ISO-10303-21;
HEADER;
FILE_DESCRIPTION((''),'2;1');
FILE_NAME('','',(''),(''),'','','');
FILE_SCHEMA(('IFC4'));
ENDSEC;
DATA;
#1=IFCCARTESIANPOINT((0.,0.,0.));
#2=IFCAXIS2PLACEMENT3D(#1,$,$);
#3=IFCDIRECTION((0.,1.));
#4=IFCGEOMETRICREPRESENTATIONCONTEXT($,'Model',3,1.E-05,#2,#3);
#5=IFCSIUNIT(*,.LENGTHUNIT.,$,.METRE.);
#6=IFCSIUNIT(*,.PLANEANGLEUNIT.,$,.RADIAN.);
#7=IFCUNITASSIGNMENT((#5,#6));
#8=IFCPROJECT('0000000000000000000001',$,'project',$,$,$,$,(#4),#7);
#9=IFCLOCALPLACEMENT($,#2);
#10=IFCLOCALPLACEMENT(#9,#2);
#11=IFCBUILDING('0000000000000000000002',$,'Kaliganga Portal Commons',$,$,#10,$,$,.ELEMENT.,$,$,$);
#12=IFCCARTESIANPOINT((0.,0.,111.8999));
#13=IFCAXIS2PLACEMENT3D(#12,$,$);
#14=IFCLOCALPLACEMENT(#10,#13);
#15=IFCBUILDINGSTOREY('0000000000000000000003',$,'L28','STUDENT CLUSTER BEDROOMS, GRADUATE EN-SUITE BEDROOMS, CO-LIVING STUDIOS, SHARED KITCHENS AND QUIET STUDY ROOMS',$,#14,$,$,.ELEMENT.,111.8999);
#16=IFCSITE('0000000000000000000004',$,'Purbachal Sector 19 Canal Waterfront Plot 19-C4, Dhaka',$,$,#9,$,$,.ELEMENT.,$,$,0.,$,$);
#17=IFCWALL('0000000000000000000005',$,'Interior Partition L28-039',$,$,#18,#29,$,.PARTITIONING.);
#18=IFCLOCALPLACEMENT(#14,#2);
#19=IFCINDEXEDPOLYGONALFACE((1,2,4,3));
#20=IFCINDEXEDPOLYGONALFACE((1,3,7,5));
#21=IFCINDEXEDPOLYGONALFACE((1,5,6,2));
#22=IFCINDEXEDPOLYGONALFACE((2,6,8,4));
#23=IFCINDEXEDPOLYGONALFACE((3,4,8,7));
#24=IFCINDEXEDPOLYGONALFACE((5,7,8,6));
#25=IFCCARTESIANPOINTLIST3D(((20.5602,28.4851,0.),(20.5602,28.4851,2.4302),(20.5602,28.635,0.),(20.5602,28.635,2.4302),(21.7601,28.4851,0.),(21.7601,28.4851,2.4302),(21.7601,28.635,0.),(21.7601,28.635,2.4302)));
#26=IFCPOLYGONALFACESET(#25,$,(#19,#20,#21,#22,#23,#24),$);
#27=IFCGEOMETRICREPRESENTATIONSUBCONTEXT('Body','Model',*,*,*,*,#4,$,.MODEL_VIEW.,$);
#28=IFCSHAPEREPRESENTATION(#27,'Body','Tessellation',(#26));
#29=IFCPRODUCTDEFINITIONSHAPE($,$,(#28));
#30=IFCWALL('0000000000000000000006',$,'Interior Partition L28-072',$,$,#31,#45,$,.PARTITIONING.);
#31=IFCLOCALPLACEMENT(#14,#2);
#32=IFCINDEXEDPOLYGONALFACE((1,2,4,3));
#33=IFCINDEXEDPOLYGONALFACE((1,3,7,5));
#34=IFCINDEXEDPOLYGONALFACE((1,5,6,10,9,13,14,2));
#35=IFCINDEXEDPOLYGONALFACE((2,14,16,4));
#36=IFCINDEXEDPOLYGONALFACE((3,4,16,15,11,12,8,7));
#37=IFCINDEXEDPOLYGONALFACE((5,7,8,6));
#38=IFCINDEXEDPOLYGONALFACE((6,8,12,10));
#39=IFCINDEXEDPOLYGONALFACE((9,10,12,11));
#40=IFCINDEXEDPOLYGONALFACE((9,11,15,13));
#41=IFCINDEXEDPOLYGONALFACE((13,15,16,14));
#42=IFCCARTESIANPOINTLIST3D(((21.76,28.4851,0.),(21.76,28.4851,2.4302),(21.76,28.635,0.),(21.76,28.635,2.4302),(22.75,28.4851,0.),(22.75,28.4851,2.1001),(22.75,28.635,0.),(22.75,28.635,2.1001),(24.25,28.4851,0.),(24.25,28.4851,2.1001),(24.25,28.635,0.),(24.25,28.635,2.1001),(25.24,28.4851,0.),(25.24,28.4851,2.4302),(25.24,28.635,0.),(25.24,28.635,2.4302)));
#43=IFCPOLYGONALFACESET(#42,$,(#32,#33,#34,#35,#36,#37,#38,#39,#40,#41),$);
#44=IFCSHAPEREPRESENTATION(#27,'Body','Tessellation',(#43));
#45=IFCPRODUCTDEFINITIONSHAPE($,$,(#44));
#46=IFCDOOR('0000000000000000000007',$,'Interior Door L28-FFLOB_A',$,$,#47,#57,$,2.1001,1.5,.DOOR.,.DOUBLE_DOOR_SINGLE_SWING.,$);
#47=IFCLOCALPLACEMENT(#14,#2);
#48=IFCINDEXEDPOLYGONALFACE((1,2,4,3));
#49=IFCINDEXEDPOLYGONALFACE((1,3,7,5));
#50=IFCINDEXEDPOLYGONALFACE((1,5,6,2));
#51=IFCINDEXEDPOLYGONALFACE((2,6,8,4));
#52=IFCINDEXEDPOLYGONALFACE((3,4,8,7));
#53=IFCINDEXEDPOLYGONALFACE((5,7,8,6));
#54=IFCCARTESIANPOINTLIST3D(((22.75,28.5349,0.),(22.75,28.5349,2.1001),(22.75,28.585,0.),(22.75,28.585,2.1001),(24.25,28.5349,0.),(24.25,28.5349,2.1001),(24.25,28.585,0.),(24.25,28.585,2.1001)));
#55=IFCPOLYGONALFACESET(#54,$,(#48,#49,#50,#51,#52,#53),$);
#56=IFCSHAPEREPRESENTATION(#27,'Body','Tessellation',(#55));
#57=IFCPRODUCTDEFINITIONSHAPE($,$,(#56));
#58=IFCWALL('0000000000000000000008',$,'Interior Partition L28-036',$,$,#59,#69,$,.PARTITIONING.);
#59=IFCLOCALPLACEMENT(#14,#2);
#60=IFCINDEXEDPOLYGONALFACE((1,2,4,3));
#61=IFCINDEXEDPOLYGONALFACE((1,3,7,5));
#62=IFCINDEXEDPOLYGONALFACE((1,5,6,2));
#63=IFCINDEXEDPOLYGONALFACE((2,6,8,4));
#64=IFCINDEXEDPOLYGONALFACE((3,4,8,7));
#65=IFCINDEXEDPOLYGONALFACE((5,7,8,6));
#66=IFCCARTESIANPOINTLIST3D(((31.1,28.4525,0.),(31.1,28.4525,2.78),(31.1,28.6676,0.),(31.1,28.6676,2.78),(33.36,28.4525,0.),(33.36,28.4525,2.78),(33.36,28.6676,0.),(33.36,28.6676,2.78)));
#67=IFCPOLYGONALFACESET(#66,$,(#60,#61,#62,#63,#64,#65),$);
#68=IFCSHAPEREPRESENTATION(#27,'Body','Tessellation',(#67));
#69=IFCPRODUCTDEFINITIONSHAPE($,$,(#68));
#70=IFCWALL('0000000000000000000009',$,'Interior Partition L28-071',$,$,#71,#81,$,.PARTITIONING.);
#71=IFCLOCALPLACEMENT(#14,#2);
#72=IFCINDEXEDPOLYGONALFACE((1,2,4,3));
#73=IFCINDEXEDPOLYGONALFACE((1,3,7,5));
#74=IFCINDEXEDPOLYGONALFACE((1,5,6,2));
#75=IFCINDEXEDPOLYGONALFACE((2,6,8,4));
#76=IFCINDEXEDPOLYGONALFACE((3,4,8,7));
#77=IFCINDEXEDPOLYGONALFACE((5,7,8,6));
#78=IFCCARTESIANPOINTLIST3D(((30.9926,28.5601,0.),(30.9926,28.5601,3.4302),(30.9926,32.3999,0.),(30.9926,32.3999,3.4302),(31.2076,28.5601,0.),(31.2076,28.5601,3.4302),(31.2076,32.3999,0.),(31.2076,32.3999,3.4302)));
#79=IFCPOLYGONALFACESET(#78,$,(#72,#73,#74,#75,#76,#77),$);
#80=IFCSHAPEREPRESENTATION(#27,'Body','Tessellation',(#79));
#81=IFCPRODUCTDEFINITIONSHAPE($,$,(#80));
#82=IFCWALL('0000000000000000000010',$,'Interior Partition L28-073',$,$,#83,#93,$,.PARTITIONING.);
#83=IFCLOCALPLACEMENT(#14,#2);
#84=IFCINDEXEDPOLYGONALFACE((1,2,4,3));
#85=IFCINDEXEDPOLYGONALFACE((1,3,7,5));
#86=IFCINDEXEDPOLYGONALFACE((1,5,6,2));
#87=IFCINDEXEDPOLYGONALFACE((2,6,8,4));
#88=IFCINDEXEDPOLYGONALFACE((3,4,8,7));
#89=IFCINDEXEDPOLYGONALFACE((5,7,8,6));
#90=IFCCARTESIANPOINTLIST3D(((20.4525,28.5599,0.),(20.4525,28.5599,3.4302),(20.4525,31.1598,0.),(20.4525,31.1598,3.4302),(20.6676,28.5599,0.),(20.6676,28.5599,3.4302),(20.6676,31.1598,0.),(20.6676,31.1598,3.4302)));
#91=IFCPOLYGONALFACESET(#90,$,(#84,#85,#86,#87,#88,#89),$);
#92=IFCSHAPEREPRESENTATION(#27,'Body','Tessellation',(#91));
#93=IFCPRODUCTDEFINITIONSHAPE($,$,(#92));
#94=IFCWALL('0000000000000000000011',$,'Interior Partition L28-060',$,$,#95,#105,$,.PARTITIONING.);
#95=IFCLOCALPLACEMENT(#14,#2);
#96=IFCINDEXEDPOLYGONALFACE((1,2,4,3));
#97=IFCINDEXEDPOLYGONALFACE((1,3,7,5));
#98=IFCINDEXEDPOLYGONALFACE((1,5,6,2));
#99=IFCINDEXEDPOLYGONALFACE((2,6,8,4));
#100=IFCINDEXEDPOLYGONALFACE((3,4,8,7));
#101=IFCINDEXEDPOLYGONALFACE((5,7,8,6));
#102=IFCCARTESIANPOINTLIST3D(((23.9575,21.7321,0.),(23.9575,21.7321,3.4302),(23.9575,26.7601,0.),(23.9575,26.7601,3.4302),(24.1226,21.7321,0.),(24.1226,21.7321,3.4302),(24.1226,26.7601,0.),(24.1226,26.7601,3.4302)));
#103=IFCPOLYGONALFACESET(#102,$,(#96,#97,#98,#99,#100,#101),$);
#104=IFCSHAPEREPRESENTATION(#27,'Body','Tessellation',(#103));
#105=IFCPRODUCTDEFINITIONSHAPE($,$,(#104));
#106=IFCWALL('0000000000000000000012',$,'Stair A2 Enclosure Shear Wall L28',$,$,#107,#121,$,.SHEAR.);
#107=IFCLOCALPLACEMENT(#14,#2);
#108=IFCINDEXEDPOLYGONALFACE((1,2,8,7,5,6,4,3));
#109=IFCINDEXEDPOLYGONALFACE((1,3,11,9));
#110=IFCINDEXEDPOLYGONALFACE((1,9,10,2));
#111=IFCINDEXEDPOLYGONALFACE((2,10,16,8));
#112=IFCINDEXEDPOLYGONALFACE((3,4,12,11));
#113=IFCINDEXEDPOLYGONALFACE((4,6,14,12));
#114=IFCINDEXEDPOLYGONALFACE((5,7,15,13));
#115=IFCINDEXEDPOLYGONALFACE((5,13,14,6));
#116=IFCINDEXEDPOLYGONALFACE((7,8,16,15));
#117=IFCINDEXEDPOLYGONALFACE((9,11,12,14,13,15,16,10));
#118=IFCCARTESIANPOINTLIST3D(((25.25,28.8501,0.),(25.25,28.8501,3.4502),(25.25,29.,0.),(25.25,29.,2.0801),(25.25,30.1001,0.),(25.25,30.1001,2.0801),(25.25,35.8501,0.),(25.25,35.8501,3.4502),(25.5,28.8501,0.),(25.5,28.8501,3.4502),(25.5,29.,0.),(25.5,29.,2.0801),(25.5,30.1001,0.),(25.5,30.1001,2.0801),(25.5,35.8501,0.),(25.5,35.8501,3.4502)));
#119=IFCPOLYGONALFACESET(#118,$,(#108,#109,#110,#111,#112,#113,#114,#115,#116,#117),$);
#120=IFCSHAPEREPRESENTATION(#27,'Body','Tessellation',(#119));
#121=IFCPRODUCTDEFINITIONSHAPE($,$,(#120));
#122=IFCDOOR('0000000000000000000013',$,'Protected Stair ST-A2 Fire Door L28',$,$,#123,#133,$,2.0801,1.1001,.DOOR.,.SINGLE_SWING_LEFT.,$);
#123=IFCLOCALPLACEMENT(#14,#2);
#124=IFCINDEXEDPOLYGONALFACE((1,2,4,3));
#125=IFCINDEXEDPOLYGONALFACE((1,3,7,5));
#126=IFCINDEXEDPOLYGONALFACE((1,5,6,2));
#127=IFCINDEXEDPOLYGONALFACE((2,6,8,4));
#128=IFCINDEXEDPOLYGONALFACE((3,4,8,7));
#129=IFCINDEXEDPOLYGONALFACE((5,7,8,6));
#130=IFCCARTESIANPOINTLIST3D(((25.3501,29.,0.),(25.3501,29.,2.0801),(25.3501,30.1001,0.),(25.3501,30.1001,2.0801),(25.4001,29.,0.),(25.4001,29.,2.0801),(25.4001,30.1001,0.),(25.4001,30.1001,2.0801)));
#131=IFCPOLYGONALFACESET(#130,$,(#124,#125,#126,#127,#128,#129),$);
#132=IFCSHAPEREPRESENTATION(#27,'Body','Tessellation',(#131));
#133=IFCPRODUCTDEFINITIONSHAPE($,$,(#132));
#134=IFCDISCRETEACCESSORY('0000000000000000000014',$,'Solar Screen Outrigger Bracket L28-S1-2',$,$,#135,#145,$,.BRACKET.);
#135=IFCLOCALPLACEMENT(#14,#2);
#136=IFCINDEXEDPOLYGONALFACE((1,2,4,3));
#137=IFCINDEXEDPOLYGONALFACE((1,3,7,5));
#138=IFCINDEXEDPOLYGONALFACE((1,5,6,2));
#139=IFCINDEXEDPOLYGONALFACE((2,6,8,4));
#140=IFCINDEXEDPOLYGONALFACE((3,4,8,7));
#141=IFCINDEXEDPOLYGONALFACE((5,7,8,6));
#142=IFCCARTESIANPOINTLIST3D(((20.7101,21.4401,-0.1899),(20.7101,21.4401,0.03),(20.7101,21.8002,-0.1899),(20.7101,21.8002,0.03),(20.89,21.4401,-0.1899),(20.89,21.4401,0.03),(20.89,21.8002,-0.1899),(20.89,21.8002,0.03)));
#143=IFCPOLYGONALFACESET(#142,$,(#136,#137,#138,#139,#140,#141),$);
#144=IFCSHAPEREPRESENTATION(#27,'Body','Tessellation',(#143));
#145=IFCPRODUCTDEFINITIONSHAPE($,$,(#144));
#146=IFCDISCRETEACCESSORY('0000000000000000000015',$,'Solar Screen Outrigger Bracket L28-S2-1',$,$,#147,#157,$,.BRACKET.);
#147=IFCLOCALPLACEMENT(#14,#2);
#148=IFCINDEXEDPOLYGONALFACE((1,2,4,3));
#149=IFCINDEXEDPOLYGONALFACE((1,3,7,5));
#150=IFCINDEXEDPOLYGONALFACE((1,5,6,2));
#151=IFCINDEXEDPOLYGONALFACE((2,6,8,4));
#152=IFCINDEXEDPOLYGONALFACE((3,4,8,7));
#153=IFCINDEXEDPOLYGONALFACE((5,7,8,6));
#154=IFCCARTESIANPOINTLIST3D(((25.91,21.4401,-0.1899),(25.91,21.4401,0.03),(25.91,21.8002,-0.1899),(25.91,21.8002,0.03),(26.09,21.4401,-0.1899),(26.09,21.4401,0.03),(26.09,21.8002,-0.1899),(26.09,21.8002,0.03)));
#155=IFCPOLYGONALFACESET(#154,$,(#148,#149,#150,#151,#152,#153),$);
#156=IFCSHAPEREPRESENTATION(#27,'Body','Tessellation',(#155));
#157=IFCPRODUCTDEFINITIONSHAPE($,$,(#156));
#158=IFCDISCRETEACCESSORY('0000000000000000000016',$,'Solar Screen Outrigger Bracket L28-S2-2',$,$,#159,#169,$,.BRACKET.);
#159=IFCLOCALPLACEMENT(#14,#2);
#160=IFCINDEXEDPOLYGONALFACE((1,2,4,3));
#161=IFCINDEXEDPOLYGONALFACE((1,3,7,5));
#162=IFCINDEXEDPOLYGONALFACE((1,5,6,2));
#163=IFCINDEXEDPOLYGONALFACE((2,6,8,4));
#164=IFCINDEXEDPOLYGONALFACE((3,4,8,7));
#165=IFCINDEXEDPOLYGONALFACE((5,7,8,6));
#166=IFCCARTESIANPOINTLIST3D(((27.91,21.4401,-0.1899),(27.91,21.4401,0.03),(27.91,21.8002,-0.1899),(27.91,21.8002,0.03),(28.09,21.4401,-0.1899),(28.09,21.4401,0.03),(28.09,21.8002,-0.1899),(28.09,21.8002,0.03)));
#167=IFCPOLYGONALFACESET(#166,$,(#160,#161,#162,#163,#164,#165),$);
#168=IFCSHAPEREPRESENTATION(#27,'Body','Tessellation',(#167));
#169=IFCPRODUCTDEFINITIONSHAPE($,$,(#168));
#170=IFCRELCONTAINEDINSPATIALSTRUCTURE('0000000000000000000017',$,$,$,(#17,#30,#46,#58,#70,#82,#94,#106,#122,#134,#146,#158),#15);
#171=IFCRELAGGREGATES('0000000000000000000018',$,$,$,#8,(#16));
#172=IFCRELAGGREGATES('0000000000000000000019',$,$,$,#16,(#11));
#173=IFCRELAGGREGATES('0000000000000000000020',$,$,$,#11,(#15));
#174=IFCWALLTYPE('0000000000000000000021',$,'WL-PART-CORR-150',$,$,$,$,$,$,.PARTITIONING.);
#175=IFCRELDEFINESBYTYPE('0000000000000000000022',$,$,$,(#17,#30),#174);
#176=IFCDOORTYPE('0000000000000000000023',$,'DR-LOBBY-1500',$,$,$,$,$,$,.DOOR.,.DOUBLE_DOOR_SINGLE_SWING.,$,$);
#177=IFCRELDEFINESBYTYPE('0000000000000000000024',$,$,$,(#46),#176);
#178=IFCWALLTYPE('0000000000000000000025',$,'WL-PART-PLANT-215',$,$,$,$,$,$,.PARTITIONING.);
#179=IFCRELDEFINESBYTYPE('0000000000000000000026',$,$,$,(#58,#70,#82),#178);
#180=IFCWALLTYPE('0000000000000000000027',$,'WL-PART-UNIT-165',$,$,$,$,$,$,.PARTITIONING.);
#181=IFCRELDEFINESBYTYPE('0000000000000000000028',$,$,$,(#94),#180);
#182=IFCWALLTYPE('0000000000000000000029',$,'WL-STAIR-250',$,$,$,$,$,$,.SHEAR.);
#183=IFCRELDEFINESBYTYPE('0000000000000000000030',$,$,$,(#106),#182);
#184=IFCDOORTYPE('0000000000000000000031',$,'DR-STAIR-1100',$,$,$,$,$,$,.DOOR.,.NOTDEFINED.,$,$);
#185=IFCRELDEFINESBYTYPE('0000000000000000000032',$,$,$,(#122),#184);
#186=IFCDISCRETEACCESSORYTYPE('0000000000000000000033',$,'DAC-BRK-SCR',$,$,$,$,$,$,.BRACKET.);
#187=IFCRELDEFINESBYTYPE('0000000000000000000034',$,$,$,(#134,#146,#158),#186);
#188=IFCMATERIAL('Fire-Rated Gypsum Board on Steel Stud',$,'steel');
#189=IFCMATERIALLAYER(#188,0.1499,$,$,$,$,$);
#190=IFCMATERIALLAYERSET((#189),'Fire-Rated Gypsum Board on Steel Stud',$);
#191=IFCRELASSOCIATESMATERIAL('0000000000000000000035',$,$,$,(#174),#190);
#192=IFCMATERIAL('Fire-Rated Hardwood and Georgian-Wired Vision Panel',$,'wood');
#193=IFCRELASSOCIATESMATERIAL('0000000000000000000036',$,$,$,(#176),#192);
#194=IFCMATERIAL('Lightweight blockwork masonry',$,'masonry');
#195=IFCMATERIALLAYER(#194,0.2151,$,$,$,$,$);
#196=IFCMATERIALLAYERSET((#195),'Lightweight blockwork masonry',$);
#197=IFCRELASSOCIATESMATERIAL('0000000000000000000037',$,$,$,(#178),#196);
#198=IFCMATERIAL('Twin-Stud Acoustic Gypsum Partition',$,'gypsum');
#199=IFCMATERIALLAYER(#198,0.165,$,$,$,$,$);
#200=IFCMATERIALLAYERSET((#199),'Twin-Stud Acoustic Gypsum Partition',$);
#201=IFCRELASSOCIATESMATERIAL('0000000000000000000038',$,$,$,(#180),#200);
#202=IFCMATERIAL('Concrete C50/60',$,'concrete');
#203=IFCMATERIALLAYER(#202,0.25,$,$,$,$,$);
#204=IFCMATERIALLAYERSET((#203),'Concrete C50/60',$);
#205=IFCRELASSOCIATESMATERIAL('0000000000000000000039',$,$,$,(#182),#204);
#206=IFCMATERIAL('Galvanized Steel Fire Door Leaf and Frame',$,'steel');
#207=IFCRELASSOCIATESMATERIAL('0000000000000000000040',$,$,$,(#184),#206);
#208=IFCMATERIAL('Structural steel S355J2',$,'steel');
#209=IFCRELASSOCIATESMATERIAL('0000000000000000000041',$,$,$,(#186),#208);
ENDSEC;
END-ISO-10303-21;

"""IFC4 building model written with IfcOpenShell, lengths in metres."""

from ifc_helpers import new_model, si_unit, direction, frame, frame_2d, origin, origin_2d, place, context, subcontext, project, spatial, rectangle, extrude, source, transform, mapped, material, layer, layer_set, type_object, element, fill, save


model = new_model("IFC4")

# Units and contexts
model_context = context("Model", 3, precision=1e-05, world=origin(), true_north=direction((0.0, 1.0)))
body_context = subcontext(model_context, "Body", "Model", "MODEL_VIEW")
ifc_project = project(units=[si_unit("LENGTHUNIT", "METRE"), si_unit("PLANEANGLEUNIT", "RADIAN")], contexts=[model_context])

# Site, building, storey
site_placement = place(None, origin())
site = spatial("IfcSite", under=ifc_project, at=site_placement, Name="Purbachal Sector 19 Canal Waterfront Plot 19-C4, Dhaka", CompositionType="ELEMENT", RefElevation=0.0)
building_placement = place(site_placement, origin())
building = spatial("IfcBuilding", under=site, at=building_placement, Name="Kaliganga Portal Commons", CompositionType="ELEMENT")
storey_placement = place(building_placement, frame((0.0, 0.0, 111.8999)))
storey = spatial("IfcBuildingStorey", under=building, at=storey_placement, Name="L28", Description="STUDENT CLUSTER BEDROOMS, GRADUATE EN-SUITE BEDROOMS, CO-LIVING STUDIOS, SHARED KITCHENS AND QUIET STUDY ROOMS", CompositionType="ELEMENT", Elevation=111.8999)

# Shared definitions
ifc_material_1 = material(Name="Structural steel S355J2", Category="steel")

# Shared definitions
ifc_material_2 = material(Name="Fire-Rated Gypsum Board on Steel Stud", Category="steel")
ifc_layer_1 = layer(ifc_material_2, 0.1499)
ifc_layer_set_1 = layer_set([ifc_layer_1], Name="Fire-Rated Gypsum Board on Steel Stud")
wall_type_1 = type_object("IfcWallType", Name="WL-PART-CORR-150", PredefinedType="PARTITIONING", material=ifc_layer_set_1)

# Wall
wall_1_placement = place(storey_placement, frame((20.5601, 28.5601, 0.0), z_axis=(0.0, 0.0, 1.0), x_axis=(1.0, 0.0, 0.0)))
element("IfcWall", 1, at=wall_1_placement, inside=storey, type_object=wall_type_1, Name="Interior Partition L28-039", PredefinedType="PARTITIONING", context=body_context, shape_type="SweptSolid", body=[
    extrude(rectangle(XDim=1.2, YDim=0.1499, at=frame_2d((0.6001, 0.0))), origin(), (0.0, 0.0, 1.0), 2.4302),
])

# Wall, opening, door
wall_2_placement = place(storey_placement, frame((21.76, 28.5601, 0.0), z_axis=(0.0, 0.0, 1.0), x_axis=(1.0, 0.0, 0.0)))
wall_2 = element("IfcWall", 2, at=wall_2_placement, inside=storey, type_object=wall_type_1, Name="Interior Partition L28-072", PredefinedType="PARTITIONING", context=body_context, shape_type="SweptSolid", body=[
    extrude(rectangle(XDim=3.48, YDim=0.1499, at=frame_2d((1.74, 0.0))), origin(), (0.0, 0.0, 1.0), 2.4302),
])
opening_1_placement = place(wall_2_placement, frame((0.99, 0.0, 0.0)))
opening_1 = element("IfcOpeningElement", 3, at=opening_1_placement, cuts=wall_2, PredefinedType="OPENING", context=body_context, shape_type="SweptSolid", body=[
    extrude(rectangle(XDim=1.5, YDim=2.1001, at=frame_2d((0.75, 1.05))), frame((0.0, 0.085, 0.0), z_axis=(0.0, -1.0, 0.0), x_axis=(1.0, 0.0, 0.0)), (0.0, 0.0, 1.0), 0.1699),
])
ifc_material_3 = material(Name="Fire-Rated Hardwood and Georgian-Wired Vision Panel", Category="wood")
door_type_1 = type_object("IfcDoorType", Name="DR-LOBBY-1500", OperationType="DOUBLE_DOOR_SINGLE_SWING", PredefinedType="DOOR", material=ifc_material_3)
door_1_placement = place(opening_1_placement, origin())
door_1 = element("IfcDoor", 4, at=door_1_placement, inside=storey, type_object=door_type_1, Name="Interior Door L28-FFLOB_A", OperationType="DOUBLE_DOOR_SINGLE_SWING", OverallHeight=2.1001, OverallWidth=1.5, PredefinedType="DOOR", context=body_context, shape_type="SweptSolid", body=[
    extrude(rectangle(XDim=1.5, YDim=2.1001, at=frame_2d((0.75, 1.05))), frame((0.0, 0.0249, 0.0), z_axis=(0.0, -1.0, 0.0), x_axis=(1.0, 0.0, 0.0)), (0.0, 0.0, 1.0), 0.05),
])
fill(opening_1, door_1)

# Walls
ifc_material_4 = material(Name="Lightweight blockwork masonry", Category="masonry")
ifc_layer_2 = layer(ifc_material_4, 0.2151)
ifc_layer_set_2 = layer_set([ifc_layer_2], Name="Lightweight blockwork masonry")
wall_type_2 = type_object("IfcWallType", Name="WL-PART-PLANT-215", PredefinedType="PARTITIONING", material=ifc_layer_set_2)
wall_3_placement = place(storey_placement, frame((31.1001, 28.5601, 0.0), z_axis=(0.0, 0.0, 1.0), x_axis=(1.0, 0.0, 0.0)))
element("IfcWall", 5, at=wall_3_placement, inside=storey, type_object=wall_type_2, Name="Interior Partition L28-036", PredefinedType="PARTITIONING", context=body_context, shape_type="SweptSolid", body=[
    extrude(rectangle(XDim=2.26, YDim=0.2151, at=frame_2d((1.1299, 0.0))), origin(), (0.0, 0.0, 1.0), 2.78),
])
wall_4_placement = place(storey_placement, frame((31.1001, 28.5601, 0.0), z_axis=(0.0, 0.0, 1.0), x_axis=(0.0, 1.0, 0.0)))
element("IfcWall", 6, at=wall_4_placement, inside=storey, type_object=wall_type_2, Name="Interior Partition L28-071", PredefinedType="PARTITIONING", context=body_context, shape_type="SweptSolid", body=[
    extrude(rectangle(XDim=3.8398, YDim=0.2151, at=frame_2d((1.9199, 0.0))), origin(), (0.0, 0.0, 1.0), 3.4302),
])
wall_5_placement = place(storey_placement, frame((20.5601, 28.5601, 0.0), z_axis=(0.0, 0.0, 1.0), x_axis=(0.0, 1.0, 0.0)))
element("IfcWall", 7, at=wall_5_placement, inside=storey, type_object=wall_type_2, Name="Interior Partition L28-073", PredefinedType="PARTITIONING", context=body_context, shape_type="SweptSolid", body=[
    extrude(rectangle(XDim=2.5999, YDim=0.2151, at=frame_2d((1.2998, 0.0))), origin(), (0.0, 0.0, 1.0), 3.4302),
])
ifc_material_5 = material(Name="Twin-Stud Acoustic Gypsum Partition", Category="gypsum")
ifc_layer_3 = layer(ifc_material_5, 0.165)
ifc_layer_set_3 = layer_set([ifc_layer_3], Name="Twin-Stud Acoustic Gypsum Partition")
wall_type_3 = type_object("IfcWallType", Name="WL-PART-UNIT-165", PredefinedType="PARTITIONING", material=ifc_layer_set_3)
wall_6_placement = place(storey_placement, frame((24.04, 21.7319, 0.0), z_axis=(0.0, 0.0, 1.0), x_axis=(0.0, 1.0, 0.0)))
element("IfcWall", 8, at=wall_6_placement, inside=storey, type_object=wall_type_3, Name="Interior Partition L28-060", PredefinedType="PARTITIONING", context=body_context, shape_type="SweptSolid", body=[
    extrude(rectangle(XDim=5.0281, YDim=0.165, at=frame_2d((2.5142, 0.0))), origin(), (0.0, 0.0, 1.0), 3.4302),
])

# Wall, opening, door
ifc_material_6 = material(Name="Concrete C50/60", Category="concrete")
ifc_layer_4 = layer(ifc_material_6, 0.25)
ifc_layer_set_4 = layer_set([ifc_layer_4], Name="Concrete C50/60")
wall_type_4 = type_object("IfcWallType", Name="WL-STAIR-250", PredefinedType="SHEAR", material=ifc_layer_set_4)
wall_7_placement = place(storey_placement, frame((25.375, 28.8501, 0.0), z_axis=(0.0, 0.0, 1.0), x_axis=(0.0, 1.0, 0.0)))
wall_7 = element("IfcWall", 9, at=wall_7_placement, inside=storey, type_object=wall_type_4, Name="Stair A2 Enclosure Shear Wall L28", PredefinedType="SHEAR", context=body_context, shape_type="SweptSolid", body=[
    extrude(rectangle(XDim=7.0, YDim=0.25, at=frame_2d((3.5, 0.0))), origin(), (0.0, 0.0, 1.0), 3.4502),
])
opening_2_placement = place(wall_7_placement, frame((0.1499, 0.0, 0.0)))
opening_2 = element("IfcOpeningElement", 10, at=opening_2_placement, cuts=wall_7, PredefinedType="OPENING", context=body_context, shape_type="SweptSolid", body=[
    extrude(rectangle(XDim=1.1001, YDim=2.0801, at=frame_2d((0.55, 1.04))), frame((0.0, 0.135, 0.0), z_axis=(0.0, -1.0, 0.0), x_axis=(1.0, 0.0, 0.0)), (0.0, 0.0, 1.0), 0.27),
])
ifc_material_7 = material(Name="Galvanized Steel Fire Door Leaf and Frame", Category="steel")
door_type_2 = type_object("IfcDoorType", Name="DR-STAIR-1100", OperationType="NOTDEFINED", PredefinedType="DOOR", material=ifc_material_7)
door_2_placement = place(opening_2_placement, origin())
door_2 = element("IfcDoor", 11, at=door_2_placement, inside=storey, type_object=door_type_2, Name="Protected Stair ST-A2 Fire Door L28", OperationType="SINGLE_SWING_LEFT", OverallHeight=2.0801, OverallWidth=1.1001, PredefinedType="DOOR", context=body_context, shape_type="SweptSolid", body=[
    extrude(rectangle(XDim=1.1001, YDim=2.0801, at=frame_2d((0.55, 1.04))), frame((0.0, 0.0249, 0.0), z_axis=(0.0, -1.0, 0.0), x_axis=(1.0, 0.0, 0.0)), (0.0, 0.0, 1.0), 0.05),
])
fill(opening_2, door_2)

# Discrete accessories
discrete_accessory_type = type_object("IfcDiscreteAccessoryType", Name="DAC-BRK-SCR", PredefinedType="BRACKET", material=ifc_material_1)
shared_shape_1 = source(origin(), body_context, "Body", "SweptSolid", [
    extrude(rectangle(XDim=0.1799, YDim=0.3601, at=origin_2d()), origin(), (0.0, 0.0, 1.0), 0.22),
])
for number, where, z_axis, x_axis, name in (
    (12, (20.8, 21.6201, -0.1899), (0.0, 0.0, 1.0), (1.0, 0.0, 0.0), "Solar Screen Outrigger Bracket L28-S1-2"),
    (13, (26.0, 21.6201, -0.1899), (0.0, 0.0, 1.0), (1.0, 0.0, 0.0), "Solar Screen Outrigger Bracket L28-S2-1"),
    (14, (28.0, 21.6201, -0.1899), (0.0, 0.0, 1.0), (1.0, 0.0, 0.0), "Solar Screen Outrigger Bracket L28-S2-2"),
):
    element("IfcDiscreteAccessory", number, at=place(storey_placement, frame(where, z_axis=z_axis, x_axis=x_axis)), inside=storey, type_object=discrete_accessory_type, Name=name, PredefinedType="BRACKET", context=body_context, shape_type="MappedRepresentation", body=[
        mapped(shared_shape_1, transform((0.0, 0.0, 0.0), x_axis=(1.0, 0.0, 0.0), y_axis=(0.0, 1.0, 0.0), z_axis=(0.0, 0.0, 1.0), scale=1.0)),
    ])

save(model, "model.ifc")
